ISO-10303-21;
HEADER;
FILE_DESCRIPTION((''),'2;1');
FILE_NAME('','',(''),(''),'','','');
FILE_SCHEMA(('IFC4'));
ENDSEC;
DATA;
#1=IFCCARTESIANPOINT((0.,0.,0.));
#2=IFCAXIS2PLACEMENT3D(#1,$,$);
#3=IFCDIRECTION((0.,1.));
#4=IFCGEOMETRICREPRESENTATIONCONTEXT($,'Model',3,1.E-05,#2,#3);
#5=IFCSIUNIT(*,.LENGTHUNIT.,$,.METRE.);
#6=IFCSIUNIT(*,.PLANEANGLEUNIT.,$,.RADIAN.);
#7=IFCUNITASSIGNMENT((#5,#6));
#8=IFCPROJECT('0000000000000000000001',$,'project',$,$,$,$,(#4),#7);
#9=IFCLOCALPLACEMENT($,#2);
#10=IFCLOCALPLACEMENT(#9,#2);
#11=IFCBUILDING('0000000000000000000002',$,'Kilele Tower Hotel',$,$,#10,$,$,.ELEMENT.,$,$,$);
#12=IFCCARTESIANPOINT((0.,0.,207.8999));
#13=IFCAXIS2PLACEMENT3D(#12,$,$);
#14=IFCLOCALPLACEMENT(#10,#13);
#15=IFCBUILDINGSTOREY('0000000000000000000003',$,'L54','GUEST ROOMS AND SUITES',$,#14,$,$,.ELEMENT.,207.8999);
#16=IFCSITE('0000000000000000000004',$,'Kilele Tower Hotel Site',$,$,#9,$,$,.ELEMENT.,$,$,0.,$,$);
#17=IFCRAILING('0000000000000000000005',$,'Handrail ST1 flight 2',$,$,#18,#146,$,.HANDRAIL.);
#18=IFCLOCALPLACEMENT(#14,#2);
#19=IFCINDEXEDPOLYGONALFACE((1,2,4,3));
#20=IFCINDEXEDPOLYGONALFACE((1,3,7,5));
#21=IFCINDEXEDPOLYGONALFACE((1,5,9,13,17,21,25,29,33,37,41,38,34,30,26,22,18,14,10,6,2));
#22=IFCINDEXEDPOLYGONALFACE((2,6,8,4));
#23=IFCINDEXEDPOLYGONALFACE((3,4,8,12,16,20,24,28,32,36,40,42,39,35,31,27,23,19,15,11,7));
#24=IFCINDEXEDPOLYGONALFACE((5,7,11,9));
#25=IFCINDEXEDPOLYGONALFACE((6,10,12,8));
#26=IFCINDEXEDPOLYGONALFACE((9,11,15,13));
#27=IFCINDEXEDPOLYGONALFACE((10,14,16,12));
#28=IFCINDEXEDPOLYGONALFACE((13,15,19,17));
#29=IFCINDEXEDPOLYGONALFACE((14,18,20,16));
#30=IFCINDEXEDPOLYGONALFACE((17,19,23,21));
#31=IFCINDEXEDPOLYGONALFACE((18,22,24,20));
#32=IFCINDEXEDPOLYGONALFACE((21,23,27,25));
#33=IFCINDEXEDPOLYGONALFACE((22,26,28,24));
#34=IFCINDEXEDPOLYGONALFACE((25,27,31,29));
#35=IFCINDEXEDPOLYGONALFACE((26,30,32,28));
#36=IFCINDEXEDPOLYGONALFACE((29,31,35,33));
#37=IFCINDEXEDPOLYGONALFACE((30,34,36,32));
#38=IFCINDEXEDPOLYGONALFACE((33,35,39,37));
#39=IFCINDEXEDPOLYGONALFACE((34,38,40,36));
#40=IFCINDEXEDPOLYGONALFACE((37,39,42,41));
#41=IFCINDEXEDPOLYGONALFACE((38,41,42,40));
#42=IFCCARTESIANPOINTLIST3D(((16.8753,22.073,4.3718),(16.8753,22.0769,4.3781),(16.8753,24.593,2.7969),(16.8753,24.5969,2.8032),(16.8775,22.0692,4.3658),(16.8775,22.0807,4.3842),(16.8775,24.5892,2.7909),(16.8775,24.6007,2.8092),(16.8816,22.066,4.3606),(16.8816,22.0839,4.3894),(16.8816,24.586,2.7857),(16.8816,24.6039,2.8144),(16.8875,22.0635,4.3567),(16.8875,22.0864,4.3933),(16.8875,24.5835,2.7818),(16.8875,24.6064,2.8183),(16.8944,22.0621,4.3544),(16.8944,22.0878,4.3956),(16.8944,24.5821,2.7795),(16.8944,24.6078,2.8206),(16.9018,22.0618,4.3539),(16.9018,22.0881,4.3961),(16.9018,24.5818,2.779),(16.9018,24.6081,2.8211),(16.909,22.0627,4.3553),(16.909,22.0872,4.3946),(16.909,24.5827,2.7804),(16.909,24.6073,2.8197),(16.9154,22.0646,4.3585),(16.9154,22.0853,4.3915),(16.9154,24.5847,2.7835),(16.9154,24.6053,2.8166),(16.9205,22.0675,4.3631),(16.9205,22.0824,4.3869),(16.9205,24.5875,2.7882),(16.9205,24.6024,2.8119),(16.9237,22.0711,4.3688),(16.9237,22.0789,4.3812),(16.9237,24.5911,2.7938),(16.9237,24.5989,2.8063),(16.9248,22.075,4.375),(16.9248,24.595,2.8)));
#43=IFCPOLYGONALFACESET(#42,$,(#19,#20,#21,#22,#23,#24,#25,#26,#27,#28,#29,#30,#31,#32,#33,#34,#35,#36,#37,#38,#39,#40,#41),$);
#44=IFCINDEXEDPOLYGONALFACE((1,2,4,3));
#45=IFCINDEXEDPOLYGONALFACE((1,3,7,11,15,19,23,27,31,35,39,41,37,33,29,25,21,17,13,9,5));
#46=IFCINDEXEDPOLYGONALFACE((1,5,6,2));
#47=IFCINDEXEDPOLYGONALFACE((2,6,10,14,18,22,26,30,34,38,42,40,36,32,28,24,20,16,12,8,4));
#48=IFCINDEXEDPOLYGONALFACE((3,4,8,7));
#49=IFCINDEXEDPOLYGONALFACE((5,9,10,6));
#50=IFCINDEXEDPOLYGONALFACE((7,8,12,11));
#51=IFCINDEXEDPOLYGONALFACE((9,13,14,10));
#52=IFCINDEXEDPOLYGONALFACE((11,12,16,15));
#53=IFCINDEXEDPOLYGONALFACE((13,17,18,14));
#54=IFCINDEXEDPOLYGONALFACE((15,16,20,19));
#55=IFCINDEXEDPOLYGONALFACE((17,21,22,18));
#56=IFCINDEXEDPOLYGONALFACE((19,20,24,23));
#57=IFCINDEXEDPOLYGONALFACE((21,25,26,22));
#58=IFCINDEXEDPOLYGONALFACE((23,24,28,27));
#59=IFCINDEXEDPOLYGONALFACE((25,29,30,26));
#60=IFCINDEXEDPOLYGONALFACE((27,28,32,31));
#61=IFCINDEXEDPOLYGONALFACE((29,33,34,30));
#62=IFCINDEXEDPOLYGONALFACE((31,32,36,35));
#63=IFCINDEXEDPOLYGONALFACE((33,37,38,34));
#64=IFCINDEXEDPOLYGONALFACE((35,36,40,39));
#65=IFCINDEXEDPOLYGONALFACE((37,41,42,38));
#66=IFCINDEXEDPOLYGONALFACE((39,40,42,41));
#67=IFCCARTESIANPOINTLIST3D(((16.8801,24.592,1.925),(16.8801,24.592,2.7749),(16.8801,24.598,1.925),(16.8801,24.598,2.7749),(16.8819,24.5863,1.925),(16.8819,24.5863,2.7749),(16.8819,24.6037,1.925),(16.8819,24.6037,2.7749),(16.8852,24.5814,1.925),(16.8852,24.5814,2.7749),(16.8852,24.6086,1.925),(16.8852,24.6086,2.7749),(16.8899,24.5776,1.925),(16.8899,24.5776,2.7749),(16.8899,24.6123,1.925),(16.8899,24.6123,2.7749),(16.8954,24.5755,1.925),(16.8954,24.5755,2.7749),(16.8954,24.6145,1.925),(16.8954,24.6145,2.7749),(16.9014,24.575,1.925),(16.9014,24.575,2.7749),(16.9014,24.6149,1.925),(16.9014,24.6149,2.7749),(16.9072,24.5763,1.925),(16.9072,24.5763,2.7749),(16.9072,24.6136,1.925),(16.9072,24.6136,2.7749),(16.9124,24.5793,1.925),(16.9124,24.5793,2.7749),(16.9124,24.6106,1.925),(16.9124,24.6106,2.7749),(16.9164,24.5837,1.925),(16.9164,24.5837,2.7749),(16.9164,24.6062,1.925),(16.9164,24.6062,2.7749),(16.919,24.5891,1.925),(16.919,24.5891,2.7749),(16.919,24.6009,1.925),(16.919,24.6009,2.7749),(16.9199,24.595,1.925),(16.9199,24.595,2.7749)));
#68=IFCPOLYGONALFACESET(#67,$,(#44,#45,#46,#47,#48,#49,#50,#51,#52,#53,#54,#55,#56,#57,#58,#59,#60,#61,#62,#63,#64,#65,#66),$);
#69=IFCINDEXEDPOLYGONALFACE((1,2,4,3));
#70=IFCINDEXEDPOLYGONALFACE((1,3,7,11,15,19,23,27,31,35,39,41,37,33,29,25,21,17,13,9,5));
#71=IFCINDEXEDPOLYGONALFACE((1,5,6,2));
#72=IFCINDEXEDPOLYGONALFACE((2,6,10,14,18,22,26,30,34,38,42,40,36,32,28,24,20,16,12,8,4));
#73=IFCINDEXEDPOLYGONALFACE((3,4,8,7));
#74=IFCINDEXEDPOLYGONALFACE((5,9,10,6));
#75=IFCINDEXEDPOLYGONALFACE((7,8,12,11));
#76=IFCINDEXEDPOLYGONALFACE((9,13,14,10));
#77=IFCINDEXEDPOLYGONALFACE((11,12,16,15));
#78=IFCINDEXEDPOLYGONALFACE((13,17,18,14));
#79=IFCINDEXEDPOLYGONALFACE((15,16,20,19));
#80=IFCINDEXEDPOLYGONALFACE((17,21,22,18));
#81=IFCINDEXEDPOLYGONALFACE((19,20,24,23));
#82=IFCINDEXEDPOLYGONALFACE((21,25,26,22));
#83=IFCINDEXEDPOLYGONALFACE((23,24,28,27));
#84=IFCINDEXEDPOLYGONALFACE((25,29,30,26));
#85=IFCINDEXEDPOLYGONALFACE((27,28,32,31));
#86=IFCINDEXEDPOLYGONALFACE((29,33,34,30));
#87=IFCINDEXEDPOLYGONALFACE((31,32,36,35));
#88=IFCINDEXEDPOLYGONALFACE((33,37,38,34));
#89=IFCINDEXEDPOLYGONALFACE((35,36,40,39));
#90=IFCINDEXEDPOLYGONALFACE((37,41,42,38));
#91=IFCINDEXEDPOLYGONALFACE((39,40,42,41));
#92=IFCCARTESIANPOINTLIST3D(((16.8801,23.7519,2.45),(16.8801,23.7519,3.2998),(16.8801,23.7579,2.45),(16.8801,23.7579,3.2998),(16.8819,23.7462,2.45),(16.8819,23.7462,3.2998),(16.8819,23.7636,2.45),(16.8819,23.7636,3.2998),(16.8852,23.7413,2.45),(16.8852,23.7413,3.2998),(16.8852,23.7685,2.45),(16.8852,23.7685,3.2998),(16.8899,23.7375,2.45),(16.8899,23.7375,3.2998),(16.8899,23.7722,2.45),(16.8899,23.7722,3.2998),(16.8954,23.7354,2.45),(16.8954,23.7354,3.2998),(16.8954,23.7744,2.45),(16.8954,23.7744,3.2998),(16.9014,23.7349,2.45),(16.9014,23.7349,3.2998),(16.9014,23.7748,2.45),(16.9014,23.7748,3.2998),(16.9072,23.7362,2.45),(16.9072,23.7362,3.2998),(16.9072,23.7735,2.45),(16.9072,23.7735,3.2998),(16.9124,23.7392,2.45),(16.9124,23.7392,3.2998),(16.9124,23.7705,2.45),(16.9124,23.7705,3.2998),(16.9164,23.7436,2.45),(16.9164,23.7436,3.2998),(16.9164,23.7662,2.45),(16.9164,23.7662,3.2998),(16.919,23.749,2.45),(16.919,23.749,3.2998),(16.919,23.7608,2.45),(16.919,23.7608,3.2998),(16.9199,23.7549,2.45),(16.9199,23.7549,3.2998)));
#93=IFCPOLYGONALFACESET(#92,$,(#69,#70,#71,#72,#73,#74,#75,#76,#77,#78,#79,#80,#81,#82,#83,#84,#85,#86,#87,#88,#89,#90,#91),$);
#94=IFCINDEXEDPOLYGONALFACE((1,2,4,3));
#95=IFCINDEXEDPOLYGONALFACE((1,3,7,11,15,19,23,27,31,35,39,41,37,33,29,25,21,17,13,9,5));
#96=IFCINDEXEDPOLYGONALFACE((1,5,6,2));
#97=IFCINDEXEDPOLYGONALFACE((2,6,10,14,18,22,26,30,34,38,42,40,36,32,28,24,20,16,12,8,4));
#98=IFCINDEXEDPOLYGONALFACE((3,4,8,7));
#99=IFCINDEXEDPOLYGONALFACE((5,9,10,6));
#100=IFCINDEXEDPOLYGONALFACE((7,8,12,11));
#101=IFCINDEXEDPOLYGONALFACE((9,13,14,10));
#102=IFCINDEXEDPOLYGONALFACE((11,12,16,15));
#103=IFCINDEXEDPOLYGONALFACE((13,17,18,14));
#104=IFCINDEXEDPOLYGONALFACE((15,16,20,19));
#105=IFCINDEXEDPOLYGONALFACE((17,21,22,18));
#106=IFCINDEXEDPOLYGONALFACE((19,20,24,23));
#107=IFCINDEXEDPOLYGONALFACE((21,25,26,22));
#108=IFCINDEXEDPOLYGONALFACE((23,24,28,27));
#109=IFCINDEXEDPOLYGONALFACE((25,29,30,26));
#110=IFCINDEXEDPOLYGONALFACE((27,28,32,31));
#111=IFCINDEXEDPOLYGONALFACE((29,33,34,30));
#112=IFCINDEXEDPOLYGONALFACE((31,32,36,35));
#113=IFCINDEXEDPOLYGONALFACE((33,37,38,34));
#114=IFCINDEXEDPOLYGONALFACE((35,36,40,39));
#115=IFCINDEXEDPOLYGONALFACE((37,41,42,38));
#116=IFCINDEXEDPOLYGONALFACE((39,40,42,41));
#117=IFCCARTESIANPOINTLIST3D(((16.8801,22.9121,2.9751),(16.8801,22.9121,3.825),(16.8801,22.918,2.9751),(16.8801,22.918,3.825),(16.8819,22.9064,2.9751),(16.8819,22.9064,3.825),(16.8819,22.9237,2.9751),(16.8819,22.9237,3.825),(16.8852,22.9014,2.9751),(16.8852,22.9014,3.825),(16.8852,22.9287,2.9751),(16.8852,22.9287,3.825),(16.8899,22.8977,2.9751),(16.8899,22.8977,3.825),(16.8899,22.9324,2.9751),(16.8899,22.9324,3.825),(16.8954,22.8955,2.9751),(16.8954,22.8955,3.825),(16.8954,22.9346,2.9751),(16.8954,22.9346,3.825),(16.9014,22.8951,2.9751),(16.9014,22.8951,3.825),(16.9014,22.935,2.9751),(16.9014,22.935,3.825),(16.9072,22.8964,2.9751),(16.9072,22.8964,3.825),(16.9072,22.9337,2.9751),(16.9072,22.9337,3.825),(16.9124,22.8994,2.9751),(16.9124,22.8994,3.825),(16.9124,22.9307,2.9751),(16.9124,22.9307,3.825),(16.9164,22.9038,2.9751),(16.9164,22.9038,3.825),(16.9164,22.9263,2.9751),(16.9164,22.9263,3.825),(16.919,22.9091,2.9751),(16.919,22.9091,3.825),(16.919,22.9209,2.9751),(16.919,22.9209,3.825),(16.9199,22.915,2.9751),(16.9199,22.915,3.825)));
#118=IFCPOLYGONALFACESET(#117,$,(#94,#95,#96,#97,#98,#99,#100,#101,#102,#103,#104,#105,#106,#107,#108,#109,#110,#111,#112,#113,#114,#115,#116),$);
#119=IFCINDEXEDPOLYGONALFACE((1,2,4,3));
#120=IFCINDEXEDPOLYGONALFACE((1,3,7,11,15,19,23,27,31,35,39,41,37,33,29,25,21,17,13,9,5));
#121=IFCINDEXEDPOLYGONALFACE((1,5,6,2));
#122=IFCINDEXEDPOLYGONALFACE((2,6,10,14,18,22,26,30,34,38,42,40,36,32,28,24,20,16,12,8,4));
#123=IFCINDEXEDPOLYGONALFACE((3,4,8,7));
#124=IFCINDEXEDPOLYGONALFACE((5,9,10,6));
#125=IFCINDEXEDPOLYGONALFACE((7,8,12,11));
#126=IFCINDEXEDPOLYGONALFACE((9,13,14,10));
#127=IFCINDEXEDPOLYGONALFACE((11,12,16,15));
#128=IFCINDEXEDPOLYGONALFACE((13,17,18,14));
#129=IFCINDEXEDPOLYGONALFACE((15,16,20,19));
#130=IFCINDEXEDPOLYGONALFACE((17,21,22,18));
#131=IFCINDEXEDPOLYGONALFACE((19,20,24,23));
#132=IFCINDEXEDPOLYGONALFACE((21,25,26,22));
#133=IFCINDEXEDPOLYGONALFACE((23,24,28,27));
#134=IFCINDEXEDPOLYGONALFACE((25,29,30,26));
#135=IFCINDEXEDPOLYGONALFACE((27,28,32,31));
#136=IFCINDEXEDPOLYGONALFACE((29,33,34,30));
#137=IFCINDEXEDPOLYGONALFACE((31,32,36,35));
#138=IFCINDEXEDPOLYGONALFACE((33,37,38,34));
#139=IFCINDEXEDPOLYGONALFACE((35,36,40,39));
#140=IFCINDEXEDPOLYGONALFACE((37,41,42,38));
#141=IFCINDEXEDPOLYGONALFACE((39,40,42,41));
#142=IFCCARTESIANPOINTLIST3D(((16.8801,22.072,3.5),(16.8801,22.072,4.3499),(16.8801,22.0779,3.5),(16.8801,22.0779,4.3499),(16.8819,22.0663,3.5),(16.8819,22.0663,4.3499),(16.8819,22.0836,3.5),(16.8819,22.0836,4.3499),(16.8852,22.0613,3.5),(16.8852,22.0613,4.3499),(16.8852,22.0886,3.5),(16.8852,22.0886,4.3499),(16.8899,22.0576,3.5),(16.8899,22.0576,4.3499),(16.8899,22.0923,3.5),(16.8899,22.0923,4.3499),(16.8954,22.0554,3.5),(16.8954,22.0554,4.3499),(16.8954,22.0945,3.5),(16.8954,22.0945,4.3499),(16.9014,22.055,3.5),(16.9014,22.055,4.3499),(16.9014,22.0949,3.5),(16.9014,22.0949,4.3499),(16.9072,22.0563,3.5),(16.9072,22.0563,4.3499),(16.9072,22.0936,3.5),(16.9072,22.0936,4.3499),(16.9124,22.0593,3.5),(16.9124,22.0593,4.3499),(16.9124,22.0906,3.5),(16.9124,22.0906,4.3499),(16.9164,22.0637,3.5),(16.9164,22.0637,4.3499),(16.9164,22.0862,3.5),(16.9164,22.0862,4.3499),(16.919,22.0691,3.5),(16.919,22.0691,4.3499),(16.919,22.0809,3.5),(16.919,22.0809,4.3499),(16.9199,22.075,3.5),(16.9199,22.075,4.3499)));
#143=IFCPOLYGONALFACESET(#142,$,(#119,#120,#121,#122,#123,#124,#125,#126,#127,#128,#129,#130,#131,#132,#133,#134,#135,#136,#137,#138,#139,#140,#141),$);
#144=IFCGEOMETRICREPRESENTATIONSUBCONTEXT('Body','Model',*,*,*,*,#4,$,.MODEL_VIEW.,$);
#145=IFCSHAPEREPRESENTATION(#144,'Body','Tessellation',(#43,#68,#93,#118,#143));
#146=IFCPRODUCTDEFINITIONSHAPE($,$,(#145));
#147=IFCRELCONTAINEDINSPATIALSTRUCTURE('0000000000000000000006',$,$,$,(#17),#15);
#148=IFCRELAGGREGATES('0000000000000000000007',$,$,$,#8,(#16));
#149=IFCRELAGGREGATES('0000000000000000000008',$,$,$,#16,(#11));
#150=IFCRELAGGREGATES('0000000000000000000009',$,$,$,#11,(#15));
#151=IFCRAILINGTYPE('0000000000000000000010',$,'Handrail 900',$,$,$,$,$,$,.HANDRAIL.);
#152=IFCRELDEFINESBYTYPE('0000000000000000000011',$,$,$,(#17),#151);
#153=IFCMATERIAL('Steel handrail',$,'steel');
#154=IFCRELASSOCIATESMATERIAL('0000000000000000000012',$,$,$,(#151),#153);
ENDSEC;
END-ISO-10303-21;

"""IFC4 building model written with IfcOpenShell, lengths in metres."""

from ifc_helpers import new_model, si_unit, direction, frame, origin, origin_2d, place, context, subcontext, project, spatial, circle, extrude, material, type_object, element, save


model = new_model("IFC4")

# Units and contexts
model_context = context("Model", 3, precision=1e-05, world=origin(), true_north=direction((0.0, 1.0)))
body_context = subcontext(model_context, "Body", "Model", "MODEL_VIEW")
ifc_project = project(units=[si_unit("LENGTHUNIT", "METRE"), si_unit("PLANEANGLEUNIT", "RADIAN")], contexts=[model_context])

# Site, building, storey
site_placement = place(None, origin())
site = spatial("IfcSite", under=ifc_project, at=site_placement, Name="Kilele Tower Hotel Site", CompositionType="ELEMENT", RefElevation=0.0)
building_placement = place(site_placement, origin())
building = spatial("IfcBuilding", under=site, at=building_placement, Name="Kilele Tower Hotel", CompositionType="ELEMENT")
storey_placement = place(building_placement, frame((0.0, 0.0, 207.8999)))
storey = spatial("IfcBuildingStorey", under=building, at=storey_placement, Name="L54", Description="GUEST ROOMS AND SUITES", CompositionType="ELEMENT", Elevation=207.8999)

# Railing
ifc_material_1 = material(Name="Steel handrail", Category="steel")
railing_type_1 = type_object("IfcRailingType", Name="Handrail 900", PredefinedType="HANDRAIL", material=ifc_material_1)
for number, where, name in (
    (1, (16.8999, 24.595, 1.925), "Handrail ST1 flight 2"),
):
    element("IfcRailing", number, at=place(storey_placement, frame(where)), inside=storey, type_object=railing_type_1, Name=name, PredefinedType="HANDRAIL", context=body_context, shape_type="SweptSolid", body=[
        extrude(circle(Radius=0.0249, at=origin_2d()), frame((0.0, 0.0, 0.875), z_axis=(0.0, -0.848008, 0.529984), x_axis=(1.0, 0.0, 0.0)), (0.0, 0.0, 1.0), 2.9717),
        extrude(circle(Radius=0.02, at=origin_2d()), origin(), (0.0, 0.0, 1.0), 0.8499),
        extrude(circle(Radius=0.02, at=origin_2d()), frame((0.0, -0.8401, 0.5249)), (0.0, 0.0, 1.0), 0.8499),
        extrude(circle(Radius=0.02, at=origin_2d()), frame((0.0, -1.6799, 1.05)), (0.0, 0.0, 1.0), 0.8499),
        extrude(circle(Radius=0.02, at=origin_2d()), frame((0.0, -2.52, 1.575)), (0.0, 0.0, 1.0), 0.8499),
    ])

save(model, "model.ifc")
